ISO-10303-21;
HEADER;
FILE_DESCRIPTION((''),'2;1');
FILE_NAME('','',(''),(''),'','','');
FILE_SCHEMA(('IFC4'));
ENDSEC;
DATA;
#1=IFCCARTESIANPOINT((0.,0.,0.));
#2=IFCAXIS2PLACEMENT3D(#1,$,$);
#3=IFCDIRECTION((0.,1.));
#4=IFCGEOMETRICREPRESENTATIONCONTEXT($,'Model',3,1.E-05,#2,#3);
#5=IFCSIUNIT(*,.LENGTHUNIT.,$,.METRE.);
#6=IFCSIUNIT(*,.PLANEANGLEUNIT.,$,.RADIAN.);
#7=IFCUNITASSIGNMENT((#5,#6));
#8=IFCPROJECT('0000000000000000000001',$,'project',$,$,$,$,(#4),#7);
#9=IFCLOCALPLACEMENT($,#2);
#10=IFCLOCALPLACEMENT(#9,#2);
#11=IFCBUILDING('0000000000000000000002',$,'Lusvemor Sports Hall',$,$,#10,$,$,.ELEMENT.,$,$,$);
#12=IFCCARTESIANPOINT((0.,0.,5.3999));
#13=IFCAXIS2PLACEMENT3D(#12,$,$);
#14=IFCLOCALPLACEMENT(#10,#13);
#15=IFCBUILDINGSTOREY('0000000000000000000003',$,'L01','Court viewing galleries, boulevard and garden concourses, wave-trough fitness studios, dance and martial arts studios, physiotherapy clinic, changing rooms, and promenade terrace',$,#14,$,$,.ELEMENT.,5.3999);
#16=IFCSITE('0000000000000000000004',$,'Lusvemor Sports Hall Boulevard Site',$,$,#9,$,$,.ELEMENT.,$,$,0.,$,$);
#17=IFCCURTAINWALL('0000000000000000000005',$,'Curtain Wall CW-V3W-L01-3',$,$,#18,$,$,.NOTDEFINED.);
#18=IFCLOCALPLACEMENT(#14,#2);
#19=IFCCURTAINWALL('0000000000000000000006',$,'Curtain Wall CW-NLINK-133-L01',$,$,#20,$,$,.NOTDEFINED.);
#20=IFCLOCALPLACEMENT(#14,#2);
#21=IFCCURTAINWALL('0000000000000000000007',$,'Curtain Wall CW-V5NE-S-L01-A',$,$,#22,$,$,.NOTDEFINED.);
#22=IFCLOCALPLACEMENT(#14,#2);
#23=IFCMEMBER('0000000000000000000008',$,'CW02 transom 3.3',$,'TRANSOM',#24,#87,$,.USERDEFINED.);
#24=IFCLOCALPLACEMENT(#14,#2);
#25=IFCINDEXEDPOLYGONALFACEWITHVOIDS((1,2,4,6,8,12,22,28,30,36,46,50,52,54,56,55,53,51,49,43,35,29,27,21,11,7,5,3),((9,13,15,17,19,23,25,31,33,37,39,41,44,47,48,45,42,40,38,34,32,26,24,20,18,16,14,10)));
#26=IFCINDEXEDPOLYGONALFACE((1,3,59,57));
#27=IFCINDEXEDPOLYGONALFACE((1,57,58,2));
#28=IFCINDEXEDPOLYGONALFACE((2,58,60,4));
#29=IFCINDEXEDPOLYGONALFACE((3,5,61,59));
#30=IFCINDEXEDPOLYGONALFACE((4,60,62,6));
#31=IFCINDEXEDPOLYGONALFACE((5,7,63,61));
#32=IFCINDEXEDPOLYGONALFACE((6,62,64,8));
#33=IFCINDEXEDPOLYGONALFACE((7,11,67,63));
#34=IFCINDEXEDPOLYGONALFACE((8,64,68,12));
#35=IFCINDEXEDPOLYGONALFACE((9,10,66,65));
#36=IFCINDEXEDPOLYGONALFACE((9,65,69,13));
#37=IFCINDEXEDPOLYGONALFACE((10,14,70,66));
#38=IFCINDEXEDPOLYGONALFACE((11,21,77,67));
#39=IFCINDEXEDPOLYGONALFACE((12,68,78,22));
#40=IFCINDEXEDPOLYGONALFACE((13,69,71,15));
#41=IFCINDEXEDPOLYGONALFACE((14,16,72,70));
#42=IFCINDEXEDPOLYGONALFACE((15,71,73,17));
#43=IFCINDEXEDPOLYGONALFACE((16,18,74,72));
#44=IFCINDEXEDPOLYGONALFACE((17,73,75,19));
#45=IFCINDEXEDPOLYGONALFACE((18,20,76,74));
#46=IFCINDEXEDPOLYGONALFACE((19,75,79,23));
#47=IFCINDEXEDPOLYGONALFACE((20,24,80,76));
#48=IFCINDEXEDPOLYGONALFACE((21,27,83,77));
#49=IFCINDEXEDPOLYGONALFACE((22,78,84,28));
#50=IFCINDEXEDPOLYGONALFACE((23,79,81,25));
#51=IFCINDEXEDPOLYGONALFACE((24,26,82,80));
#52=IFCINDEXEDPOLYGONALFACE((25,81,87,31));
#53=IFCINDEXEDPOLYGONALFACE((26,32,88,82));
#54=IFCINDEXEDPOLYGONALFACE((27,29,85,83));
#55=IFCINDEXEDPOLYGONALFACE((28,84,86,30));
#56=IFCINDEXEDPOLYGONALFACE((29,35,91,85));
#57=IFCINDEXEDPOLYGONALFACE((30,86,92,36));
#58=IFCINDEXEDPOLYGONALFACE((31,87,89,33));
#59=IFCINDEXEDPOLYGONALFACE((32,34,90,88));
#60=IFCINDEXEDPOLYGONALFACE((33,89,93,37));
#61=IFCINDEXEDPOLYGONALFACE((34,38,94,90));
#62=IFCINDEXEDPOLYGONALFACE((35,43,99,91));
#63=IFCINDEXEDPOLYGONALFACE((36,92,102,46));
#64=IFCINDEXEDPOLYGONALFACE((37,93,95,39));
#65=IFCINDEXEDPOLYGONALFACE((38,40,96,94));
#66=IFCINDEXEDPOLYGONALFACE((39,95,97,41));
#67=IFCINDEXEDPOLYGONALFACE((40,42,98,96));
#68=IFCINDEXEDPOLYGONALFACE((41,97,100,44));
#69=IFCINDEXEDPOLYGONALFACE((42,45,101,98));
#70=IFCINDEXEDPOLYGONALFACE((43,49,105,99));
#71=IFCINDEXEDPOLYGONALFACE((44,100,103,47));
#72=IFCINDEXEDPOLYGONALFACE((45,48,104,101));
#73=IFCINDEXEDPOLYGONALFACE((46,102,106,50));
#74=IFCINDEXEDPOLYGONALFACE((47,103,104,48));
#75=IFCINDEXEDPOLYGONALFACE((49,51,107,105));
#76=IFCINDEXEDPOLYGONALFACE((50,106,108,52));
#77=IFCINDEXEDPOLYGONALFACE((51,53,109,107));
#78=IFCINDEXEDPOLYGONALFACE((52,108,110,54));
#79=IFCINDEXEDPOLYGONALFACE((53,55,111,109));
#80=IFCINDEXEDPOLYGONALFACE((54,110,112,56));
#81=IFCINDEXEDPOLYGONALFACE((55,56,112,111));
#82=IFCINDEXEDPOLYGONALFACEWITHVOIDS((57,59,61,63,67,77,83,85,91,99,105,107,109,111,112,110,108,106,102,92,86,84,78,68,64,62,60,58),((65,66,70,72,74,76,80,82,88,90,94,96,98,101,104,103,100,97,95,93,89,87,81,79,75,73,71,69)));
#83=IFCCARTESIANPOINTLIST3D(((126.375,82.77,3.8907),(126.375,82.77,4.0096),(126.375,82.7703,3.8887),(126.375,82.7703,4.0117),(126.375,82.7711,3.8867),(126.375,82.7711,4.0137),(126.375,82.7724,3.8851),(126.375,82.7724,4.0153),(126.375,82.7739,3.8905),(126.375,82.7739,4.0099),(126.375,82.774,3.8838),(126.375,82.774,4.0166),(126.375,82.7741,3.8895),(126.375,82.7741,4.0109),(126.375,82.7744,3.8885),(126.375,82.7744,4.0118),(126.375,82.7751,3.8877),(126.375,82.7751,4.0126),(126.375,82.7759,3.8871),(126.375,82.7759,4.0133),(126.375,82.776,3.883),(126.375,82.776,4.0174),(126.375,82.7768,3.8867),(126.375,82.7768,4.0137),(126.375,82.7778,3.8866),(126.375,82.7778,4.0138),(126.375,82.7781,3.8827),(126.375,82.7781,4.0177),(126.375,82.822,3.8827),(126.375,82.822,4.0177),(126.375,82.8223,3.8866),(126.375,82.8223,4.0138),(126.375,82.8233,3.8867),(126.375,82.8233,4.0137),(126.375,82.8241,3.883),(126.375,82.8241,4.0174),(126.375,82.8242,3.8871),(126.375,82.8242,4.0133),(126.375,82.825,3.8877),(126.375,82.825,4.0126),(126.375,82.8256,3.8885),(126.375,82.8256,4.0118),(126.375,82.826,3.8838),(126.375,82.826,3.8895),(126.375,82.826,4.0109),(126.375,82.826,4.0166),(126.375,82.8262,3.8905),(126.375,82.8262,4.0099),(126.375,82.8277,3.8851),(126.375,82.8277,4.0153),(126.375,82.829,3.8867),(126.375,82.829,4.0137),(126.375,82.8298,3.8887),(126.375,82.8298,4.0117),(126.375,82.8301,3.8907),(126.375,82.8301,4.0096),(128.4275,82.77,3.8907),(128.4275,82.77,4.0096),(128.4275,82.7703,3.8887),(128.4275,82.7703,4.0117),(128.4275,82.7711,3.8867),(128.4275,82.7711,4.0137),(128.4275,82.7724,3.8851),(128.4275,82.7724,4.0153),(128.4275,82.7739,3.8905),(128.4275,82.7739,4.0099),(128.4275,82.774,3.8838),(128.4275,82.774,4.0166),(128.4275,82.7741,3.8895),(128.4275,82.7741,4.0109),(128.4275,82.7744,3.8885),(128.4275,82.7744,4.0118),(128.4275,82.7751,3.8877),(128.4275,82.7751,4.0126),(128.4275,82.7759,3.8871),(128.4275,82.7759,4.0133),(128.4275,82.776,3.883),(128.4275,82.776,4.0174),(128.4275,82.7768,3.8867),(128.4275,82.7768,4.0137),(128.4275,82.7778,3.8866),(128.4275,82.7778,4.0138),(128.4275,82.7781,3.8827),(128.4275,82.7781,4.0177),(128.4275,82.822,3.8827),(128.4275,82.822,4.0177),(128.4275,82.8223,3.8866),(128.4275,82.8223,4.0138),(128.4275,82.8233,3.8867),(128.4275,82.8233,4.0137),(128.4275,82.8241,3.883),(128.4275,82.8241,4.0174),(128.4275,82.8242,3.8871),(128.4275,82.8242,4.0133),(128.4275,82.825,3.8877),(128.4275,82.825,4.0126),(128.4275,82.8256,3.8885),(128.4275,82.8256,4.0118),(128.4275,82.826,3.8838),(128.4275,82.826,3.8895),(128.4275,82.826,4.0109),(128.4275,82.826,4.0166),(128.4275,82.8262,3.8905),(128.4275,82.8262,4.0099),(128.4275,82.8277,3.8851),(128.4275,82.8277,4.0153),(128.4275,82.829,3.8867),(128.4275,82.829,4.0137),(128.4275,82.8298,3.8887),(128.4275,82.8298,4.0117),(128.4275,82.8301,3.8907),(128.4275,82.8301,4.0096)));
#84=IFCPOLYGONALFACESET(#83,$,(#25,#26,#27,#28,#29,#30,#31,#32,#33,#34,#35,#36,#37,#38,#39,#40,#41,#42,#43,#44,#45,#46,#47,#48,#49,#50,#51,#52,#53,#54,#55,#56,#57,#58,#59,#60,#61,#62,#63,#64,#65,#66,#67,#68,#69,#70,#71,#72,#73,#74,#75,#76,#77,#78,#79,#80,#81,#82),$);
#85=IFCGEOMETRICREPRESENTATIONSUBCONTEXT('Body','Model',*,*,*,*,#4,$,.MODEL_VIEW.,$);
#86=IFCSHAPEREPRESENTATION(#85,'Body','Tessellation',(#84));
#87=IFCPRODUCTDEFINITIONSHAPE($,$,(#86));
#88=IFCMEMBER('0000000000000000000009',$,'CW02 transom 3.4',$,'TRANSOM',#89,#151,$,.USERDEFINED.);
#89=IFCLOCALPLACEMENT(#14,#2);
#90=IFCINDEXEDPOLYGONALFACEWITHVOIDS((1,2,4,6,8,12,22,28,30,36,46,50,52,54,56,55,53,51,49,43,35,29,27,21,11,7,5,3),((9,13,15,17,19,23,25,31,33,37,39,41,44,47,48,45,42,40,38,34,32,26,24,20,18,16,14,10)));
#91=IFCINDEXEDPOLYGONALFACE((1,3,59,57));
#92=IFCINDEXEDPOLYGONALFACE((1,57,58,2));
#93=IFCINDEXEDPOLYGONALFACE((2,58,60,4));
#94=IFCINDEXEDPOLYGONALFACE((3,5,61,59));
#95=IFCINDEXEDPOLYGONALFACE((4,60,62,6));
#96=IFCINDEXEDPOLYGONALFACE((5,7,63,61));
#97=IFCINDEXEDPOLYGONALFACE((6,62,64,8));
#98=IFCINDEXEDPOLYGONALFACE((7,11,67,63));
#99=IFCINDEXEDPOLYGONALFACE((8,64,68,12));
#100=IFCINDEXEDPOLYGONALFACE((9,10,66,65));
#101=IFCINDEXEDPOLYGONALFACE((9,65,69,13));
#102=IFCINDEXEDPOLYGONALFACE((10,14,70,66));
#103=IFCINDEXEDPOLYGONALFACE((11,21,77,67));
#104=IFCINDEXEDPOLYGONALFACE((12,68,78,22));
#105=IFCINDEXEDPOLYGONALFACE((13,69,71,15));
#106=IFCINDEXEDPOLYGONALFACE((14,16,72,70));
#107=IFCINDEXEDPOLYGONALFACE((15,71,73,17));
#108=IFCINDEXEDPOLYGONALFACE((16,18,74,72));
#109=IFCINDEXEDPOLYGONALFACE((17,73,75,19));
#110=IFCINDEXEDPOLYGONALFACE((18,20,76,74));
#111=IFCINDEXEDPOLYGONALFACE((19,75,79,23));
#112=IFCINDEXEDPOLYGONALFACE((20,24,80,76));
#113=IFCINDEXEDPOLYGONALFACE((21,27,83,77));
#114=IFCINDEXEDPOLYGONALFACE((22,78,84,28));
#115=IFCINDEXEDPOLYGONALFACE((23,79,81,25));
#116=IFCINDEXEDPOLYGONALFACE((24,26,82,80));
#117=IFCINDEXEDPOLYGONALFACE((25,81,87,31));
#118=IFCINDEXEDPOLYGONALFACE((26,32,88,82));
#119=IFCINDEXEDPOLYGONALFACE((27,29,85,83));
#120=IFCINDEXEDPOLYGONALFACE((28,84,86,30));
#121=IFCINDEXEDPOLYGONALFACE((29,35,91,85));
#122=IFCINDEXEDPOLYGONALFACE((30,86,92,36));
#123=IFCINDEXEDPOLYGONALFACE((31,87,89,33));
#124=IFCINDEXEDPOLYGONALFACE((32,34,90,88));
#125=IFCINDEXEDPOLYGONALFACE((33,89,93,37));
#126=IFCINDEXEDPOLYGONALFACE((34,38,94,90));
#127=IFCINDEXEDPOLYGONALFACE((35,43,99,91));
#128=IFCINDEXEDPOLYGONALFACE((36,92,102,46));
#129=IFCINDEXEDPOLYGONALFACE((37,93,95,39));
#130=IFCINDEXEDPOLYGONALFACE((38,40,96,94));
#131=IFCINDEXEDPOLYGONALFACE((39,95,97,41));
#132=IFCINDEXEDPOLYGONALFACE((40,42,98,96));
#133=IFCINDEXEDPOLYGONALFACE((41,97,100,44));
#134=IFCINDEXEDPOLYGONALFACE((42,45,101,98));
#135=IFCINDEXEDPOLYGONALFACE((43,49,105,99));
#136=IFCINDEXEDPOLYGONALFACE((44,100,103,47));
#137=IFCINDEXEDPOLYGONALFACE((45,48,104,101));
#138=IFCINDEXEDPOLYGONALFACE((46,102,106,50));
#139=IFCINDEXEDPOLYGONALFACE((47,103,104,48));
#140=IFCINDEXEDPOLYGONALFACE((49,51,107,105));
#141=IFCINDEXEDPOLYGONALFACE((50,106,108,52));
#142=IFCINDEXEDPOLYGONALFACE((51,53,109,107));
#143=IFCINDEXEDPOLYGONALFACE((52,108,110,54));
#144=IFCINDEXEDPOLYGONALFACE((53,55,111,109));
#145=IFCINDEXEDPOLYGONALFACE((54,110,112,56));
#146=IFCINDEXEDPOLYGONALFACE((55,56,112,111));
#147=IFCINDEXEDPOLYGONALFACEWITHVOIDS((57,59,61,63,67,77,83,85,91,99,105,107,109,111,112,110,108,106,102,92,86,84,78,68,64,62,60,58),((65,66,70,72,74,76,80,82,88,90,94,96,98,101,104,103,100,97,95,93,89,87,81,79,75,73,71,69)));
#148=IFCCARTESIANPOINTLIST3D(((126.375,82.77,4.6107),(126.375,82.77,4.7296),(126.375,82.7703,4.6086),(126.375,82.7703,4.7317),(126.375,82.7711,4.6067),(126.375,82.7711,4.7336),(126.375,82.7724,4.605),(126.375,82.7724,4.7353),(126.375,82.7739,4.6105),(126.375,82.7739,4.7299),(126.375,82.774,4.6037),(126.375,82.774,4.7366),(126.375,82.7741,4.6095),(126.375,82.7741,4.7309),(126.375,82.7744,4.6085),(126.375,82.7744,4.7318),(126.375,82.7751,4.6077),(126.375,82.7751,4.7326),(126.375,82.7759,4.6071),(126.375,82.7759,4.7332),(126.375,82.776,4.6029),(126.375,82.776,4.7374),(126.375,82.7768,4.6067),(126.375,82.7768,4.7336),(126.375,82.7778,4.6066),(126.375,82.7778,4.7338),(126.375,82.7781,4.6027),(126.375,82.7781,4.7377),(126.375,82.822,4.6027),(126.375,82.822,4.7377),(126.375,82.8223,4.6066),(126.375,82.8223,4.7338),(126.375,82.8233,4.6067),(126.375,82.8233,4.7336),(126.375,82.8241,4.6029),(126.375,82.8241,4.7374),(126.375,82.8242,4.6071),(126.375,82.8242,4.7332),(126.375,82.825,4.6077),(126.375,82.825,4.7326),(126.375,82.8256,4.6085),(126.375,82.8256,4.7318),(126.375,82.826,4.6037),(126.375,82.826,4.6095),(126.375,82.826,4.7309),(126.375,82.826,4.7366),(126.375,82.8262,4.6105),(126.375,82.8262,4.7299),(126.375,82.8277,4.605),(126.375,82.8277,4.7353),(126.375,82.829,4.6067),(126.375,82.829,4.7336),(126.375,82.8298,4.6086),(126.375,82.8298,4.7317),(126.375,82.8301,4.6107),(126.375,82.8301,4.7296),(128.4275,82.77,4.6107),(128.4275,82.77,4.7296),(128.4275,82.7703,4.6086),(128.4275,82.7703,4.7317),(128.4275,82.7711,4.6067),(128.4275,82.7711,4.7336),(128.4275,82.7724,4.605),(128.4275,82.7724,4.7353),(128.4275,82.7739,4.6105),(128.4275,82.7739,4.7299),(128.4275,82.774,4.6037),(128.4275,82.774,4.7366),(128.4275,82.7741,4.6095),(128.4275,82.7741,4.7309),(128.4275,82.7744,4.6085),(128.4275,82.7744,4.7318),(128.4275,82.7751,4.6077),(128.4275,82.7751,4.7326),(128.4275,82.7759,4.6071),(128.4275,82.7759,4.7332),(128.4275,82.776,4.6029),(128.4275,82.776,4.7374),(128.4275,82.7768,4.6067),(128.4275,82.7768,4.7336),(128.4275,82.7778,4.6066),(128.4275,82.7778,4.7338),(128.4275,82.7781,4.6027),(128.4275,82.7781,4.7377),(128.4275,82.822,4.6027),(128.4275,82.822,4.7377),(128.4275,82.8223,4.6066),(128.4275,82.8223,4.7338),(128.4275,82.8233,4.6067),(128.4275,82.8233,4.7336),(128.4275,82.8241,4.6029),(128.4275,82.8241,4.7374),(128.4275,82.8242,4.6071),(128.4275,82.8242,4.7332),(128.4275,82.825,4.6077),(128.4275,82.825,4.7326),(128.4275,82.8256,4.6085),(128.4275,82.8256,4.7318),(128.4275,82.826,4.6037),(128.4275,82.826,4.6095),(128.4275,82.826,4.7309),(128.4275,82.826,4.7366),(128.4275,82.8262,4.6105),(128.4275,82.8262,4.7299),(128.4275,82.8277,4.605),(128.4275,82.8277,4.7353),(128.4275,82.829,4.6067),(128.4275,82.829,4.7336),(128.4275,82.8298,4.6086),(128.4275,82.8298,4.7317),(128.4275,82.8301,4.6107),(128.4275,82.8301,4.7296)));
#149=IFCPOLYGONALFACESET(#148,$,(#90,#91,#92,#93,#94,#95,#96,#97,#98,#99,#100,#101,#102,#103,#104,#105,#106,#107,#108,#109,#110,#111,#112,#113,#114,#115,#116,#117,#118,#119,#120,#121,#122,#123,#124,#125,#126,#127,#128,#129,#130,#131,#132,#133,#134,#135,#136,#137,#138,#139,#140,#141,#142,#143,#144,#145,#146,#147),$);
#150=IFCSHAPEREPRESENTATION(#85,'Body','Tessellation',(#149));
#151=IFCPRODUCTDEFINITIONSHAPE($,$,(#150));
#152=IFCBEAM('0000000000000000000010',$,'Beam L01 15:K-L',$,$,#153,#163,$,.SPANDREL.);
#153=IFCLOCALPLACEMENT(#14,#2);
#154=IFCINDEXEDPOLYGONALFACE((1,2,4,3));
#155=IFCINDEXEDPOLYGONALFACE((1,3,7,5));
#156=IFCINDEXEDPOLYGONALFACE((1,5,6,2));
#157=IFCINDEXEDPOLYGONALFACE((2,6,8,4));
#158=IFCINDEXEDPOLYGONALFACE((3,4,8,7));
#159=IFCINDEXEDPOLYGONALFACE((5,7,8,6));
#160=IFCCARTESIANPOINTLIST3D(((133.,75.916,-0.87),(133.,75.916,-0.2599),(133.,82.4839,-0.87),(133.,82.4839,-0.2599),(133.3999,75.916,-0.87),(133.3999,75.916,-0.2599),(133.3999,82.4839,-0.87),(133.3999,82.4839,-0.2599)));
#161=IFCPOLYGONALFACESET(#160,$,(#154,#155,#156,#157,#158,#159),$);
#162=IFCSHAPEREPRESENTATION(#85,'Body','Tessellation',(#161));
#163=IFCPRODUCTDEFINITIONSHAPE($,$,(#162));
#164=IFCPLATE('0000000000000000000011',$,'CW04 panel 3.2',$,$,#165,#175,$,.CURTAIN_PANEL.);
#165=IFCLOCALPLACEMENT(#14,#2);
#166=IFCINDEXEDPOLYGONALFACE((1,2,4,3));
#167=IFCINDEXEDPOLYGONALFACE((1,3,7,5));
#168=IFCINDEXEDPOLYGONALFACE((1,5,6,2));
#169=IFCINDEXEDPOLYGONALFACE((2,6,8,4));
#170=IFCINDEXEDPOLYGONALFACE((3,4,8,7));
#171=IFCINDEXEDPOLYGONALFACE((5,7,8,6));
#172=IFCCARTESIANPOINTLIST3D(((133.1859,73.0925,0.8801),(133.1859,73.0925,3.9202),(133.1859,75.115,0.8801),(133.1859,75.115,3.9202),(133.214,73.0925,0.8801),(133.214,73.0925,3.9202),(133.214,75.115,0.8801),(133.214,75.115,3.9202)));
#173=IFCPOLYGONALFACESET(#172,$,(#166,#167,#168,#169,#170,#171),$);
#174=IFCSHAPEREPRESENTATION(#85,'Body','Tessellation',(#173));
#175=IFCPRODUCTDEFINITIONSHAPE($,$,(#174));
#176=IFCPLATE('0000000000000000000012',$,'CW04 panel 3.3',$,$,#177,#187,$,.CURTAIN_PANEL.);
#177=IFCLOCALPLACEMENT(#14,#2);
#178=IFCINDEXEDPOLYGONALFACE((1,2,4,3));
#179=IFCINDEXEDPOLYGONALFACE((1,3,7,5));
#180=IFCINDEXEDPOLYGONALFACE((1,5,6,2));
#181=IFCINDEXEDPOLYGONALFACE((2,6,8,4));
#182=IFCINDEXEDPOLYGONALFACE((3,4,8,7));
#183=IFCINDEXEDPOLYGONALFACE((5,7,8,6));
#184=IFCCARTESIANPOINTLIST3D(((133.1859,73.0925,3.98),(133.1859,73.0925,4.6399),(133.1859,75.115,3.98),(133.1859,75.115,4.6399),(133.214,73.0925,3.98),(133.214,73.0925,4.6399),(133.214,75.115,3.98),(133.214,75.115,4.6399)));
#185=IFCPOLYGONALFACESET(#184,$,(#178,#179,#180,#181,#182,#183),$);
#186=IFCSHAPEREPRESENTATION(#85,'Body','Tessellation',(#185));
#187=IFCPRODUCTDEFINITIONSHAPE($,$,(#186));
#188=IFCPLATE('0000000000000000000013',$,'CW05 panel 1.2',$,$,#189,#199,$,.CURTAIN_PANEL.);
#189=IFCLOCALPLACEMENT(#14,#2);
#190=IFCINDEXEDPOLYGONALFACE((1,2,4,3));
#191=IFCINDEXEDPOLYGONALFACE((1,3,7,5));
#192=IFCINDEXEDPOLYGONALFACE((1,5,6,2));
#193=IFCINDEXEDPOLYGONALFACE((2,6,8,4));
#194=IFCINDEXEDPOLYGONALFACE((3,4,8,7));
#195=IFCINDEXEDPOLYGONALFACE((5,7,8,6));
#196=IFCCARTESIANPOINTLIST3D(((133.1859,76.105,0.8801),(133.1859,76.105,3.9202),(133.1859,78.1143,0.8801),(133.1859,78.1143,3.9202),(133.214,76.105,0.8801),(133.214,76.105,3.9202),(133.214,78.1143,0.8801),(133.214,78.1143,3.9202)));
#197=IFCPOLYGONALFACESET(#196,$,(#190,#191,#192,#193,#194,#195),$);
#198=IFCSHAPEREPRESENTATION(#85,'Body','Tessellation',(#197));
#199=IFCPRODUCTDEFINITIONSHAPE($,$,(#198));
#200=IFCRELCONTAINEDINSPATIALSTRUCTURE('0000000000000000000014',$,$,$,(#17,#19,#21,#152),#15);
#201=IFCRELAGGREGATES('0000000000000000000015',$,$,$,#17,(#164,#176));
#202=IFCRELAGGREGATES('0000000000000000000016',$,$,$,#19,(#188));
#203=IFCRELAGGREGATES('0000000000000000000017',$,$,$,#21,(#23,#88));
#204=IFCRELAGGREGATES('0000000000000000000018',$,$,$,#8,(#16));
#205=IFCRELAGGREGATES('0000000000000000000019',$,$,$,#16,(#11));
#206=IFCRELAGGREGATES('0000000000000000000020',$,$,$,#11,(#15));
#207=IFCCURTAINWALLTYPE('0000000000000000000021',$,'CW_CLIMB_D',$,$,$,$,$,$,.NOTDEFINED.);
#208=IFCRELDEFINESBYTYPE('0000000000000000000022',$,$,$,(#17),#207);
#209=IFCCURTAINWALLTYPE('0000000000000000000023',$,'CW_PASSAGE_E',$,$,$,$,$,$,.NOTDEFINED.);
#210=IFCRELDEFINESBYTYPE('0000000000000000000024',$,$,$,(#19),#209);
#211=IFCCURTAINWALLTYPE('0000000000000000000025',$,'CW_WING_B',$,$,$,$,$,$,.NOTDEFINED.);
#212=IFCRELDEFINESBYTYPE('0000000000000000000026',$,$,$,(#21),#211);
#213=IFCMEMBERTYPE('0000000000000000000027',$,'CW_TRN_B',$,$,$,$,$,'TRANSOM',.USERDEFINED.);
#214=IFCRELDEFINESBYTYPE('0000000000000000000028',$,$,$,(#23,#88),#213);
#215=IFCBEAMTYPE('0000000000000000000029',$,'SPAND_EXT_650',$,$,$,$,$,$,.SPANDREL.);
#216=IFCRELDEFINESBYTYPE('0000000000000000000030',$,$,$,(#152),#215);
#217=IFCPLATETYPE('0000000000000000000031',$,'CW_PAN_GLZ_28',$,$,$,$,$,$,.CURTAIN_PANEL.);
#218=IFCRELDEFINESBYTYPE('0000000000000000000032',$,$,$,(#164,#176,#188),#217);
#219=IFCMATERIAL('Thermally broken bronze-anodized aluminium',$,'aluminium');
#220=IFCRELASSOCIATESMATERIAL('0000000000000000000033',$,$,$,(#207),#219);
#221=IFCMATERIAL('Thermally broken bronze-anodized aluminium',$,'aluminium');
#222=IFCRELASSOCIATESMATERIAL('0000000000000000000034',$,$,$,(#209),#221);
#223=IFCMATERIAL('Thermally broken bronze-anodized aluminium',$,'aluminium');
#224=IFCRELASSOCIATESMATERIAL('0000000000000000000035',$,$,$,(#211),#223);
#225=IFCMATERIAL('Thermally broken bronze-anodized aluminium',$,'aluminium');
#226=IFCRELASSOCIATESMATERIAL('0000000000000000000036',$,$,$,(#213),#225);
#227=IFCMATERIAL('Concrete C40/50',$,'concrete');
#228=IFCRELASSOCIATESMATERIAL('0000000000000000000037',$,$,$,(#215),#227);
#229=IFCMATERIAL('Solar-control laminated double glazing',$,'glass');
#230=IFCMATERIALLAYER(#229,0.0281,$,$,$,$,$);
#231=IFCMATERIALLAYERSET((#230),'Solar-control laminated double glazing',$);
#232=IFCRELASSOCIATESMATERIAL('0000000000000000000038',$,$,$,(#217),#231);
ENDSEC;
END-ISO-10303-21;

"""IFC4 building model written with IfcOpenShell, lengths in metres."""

from ifc_helpers import new_model, si_unit, direction, frame, origin, origin_2d, place, context, subcontext, project, spatial, rectangle, hollow_rectangle, extrude, material, layer, layer_set, material_profile, profile_set, type_object, element, aggregate, save


model = new_model("IFC4")

# Units and contexts
model_context = context("Model", 3, precision=1e-05, world=origin(), true_north=direction((0.0, 1.0)))
body_context = subcontext(model_context, "Body", "Model", "MODEL_VIEW")
ifc_project = project(units=[si_unit("LENGTHUNIT", "METRE"), si_unit("PLANEANGLEUNIT", "RADIAN")], contexts=[model_context])

# Site, building, storey
site_placement = place(None, origin())
site = spatial("IfcSite", under=ifc_project, at=site_placement, Name="Lusvemor Sports Hall Boulevard Site", CompositionType="ELEMENT", RefElevation=0.0)
building_placement = place(site_placement, origin())
building = spatial("IfcBuilding", under=site, at=building_placement, Name="Lusvemor Sports Hall", CompositionType="ELEMENT")
storey_placement = place(building_placement, frame((0.0, 0.0, 5.3999)))
storey = spatial("IfcBuildingStorey", under=building, at=storey_placement, Name="L01", Description="Court viewing galleries, boulevard and garden concourses, wave-trough fitness studios, dance and martial arts studios, physiotherapy clinic, changing rooms, and promenade terrace", CompositionType="ELEMENT", Elevation=5.3999)

# Curtain wall
ifc_material_1 = material(Name="Thermally broken bronze-anodized aluminium", Category="aluminium")
curtain_wall_type_1 = type_object("IfcCurtainWallType", Name="CW_CLIMB_D", PredefinedType="NOTDEFINED", material=ifc_material_1)
curtain_wall_1_placement = place(storey_placement, origin())
curtain_wall_1 = element("IfcCurtainWall", 1, at=curtain_wall_1_placement, inside=storey, type_object=curtain_wall_type_1, Name="Curtain Wall CW-V3W-L01-3", PredefinedType="NOTDEFINED")

# Curtain wall
ifc_material_2 = material(Name="Thermally broken bronze-anodized aluminium", Category="aluminium")
curtain_wall_type_2 = type_object("IfcCurtainWallType", Name="CW_PASSAGE_E", PredefinedType="NOTDEFINED", material=ifc_material_2)
curtain_wall_2_placement = place(storey_placement, origin())
curtain_wall_2 = element("IfcCurtainWall", 2, at=curtain_wall_2_placement, inside=storey, type_object=curtain_wall_type_2, Name="Curtain Wall CW-NLINK-133-L01", PredefinedType="NOTDEFINED")

# Curtain wall
ifc_material_3 = material(Name="Thermally broken bronze-anodized aluminium", Category="aluminium")
curtain_wall_type_3 = type_object("IfcCurtainWallType", Name="CW_WING_B", PredefinedType="NOTDEFINED", material=ifc_material_3)
curtain_wall_3_placement = place(storey_placement, origin())
curtain_wall_3 = element("IfcCurtainWall", 3, at=curtain_wall_3_placement, inside=storey, type_object=curtain_wall_type_3, Name="Curtain Wall CW-V5NE-S-L01-A", PredefinedType="NOTDEFINED")

# Members
ifc_material_4 = material(Name="Thermally broken bronze-anodized aluminium", Category="aluminium")
ifc_material_profile_1 = material_profile(ifc_material_4, hollow_rectangle(XDim=0.0601, YDim=0.135, WallThickness=0.0039, InnerFilletRadius=0.0039, OuterFilletRadius=0.0081, at=origin_2d()), Name="CWTRN135x60x4")
ifc_profile_set_1 = profile_set([ifc_material_profile_1], Name="Thermally broken bronze-anodized aluminium")
member_type_1 = type_object("IfcMemberType", Name="CW_TRN_B", ElementType="TRANSOM", PredefinedType="USERDEFINED", material=ifc_profile_set_1)
member_1_placement = place(storey_placement, frame((128.4275, 82.8, 3.9502), z_axis=(-1.0, 0.0, 0.0), x_axis=(0.0, -1.0, 0.0)))
member_1 = element("IfcMember", 4, at=member_1_placement, type_object=member_type_1, Name="CW02 transom 3.3", ObjectType="TRANSOM", PredefinedType="USERDEFINED", context=body_context, shape_type="SweptSolid", body=[
    extrude(hollow_rectangle(XDim=0.0601, YDim=0.135, WallThickness=0.0039, InnerFilletRadius=0.0039, OuterFilletRadius=0.0081, at=origin_2d()), origin(), (0.0, 0.0, 1.0), 2.0525),
])
member_2_placement = place(storey_placement, frame((128.4275, 82.8, 4.6702), z_axis=(-1.0, 0.0, 0.0), x_axis=(0.0, -1.0, 0.0)))
member_2 = element("IfcMember", 5, at=member_2_placement, type_object=member_type_1, Name="CW02 transom 3.4", ObjectType="TRANSOM", PredefinedType="USERDEFINED", context=body_context, shape_type="SweptSolid", body=[
    extrude(hollow_rectangle(XDim=0.0601, YDim=0.135, WallThickness=0.0039, InnerFilletRadius=0.0039, OuterFilletRadius=0.0081, at=origin_2d()), origin(), (0.0, 0.0, 1.0), 2.0525),
])

# Beam
ifc_material_5 = material(Name="Concrete C40/50", Category="concrete")
ifc_material_profile_2 = material_profile(ifc_material_5, rectangle(XDim=0.3999, YDim=0.6101, at=origin_2d()), Name="RC400x610")
ifc_profile_set_2 = profile_set([ifc_material_profile_2], Name="Concrete C40/50")
beam_type = type_object("IfcBeamType", Name="SPAND_EXT_650", PredefinedType="SPANDREL", material=ifc_profile_set_2)
beam_placement = place(storey_placement, frame((133.2, 75.916, -0.5649), z_axis=(0.0, 1.0, 0.0), x_axis=(-1.0, 0.0, 0.0)))
element("IfcBeam", 6, at=beam_placement, inside=storey, type_object=beam_type, Name="Beam L01 15:K-L", PredefinedType="SPANDREL", context=body_context, shape_type="SweptSolid", body=[
    extrude(rectangle(XDim=0.3999, YDim=0.6101, at=origin_2d()), origin(), (0.0, 0.0, 1.0), 6.5679),
])

# Plates
ifc_material_6 = material(Name="Solar-control laminated double glazing", Category="glass")
ifc_layer_1 = layer(ifc_material_6, 0.0281)
ifc_layer_set_1 = layer_set([ifc_layer_1], Name="Solar-control laminated double glazing")
plate_type_1 = type_object("IfcPlateType", Name="CW_PAN_GLZ_28", PredefinedType="CURTAIN_PANEL", material=ifc_layer_set_1)
plate_1_placement = place(storey_placement, frame((133.2, 74.1038, 0.8801), z_axis=(0.0, 0.0, 1.0), x_axis=(0.0, 1.0, 0.0)))
plate_1 = element("IfcPlate", 7, at=plate_1_placement, type_object=plate_type_1, Name="CW04 panel 3.2", PredefinedType="CURTAIN_PANEL", context=body_context, shape_type="SweptSolid", body=[
    extrude(rectangle(XDim=2.0225, YDim=0.0281, at=origin_2d()), origin(), (0.0, 0.0, 1.0), 3.04),
])
plate_2_placement = place(storey_placement, frame((133.2, 74.1038, 3.98), z_axis=(0.0, 0.0, 1.0), x_axis=(0.0, 1.0, 0.0)))
plate_2 = element("IfcPlate", 8, at=plate_2_placement, type_object=plate_type_1, Name="CW04 panel 3.3", PredefinedType="CURTAIN_PANEL", context=body_context, shape_type="SweptSolid", body=[
    extrude(rectangle(XDim=2.0225, YDim=0.0281, at=origin_2d()), origin(), (0.0, 0.0, 1.0), 0.6599),
])
aggregate(curtain_wall_1, [plate_1, plate_2])
plate_3_placement = place(storey_placement, frame((133.2, 77.1096, 0.8801), z_axis=(0.0, 0.0, 1.0), x_axis=(0.0, 1.0, 0.0)))
plate_3 = element("IfcPlate", 9, at=plate_3_placement, type_object=plate_type_1, Name="CW05 panel 1.2", PredefinedType="CURTAIN_PANEL", context=body_context, shape_type="SweptSolid", body=[
    extrude(rectangle(XDim=2.0093, YDim=0.0281, at=origin_2d()), origin(), (0.0, 0.0, 1.0), 3.04),
])
aggregate(curtain_wall_2, [plate_3])
aggregate(curtain_wall_3, [member_1, member_2])

save(model, "model.ifc")
